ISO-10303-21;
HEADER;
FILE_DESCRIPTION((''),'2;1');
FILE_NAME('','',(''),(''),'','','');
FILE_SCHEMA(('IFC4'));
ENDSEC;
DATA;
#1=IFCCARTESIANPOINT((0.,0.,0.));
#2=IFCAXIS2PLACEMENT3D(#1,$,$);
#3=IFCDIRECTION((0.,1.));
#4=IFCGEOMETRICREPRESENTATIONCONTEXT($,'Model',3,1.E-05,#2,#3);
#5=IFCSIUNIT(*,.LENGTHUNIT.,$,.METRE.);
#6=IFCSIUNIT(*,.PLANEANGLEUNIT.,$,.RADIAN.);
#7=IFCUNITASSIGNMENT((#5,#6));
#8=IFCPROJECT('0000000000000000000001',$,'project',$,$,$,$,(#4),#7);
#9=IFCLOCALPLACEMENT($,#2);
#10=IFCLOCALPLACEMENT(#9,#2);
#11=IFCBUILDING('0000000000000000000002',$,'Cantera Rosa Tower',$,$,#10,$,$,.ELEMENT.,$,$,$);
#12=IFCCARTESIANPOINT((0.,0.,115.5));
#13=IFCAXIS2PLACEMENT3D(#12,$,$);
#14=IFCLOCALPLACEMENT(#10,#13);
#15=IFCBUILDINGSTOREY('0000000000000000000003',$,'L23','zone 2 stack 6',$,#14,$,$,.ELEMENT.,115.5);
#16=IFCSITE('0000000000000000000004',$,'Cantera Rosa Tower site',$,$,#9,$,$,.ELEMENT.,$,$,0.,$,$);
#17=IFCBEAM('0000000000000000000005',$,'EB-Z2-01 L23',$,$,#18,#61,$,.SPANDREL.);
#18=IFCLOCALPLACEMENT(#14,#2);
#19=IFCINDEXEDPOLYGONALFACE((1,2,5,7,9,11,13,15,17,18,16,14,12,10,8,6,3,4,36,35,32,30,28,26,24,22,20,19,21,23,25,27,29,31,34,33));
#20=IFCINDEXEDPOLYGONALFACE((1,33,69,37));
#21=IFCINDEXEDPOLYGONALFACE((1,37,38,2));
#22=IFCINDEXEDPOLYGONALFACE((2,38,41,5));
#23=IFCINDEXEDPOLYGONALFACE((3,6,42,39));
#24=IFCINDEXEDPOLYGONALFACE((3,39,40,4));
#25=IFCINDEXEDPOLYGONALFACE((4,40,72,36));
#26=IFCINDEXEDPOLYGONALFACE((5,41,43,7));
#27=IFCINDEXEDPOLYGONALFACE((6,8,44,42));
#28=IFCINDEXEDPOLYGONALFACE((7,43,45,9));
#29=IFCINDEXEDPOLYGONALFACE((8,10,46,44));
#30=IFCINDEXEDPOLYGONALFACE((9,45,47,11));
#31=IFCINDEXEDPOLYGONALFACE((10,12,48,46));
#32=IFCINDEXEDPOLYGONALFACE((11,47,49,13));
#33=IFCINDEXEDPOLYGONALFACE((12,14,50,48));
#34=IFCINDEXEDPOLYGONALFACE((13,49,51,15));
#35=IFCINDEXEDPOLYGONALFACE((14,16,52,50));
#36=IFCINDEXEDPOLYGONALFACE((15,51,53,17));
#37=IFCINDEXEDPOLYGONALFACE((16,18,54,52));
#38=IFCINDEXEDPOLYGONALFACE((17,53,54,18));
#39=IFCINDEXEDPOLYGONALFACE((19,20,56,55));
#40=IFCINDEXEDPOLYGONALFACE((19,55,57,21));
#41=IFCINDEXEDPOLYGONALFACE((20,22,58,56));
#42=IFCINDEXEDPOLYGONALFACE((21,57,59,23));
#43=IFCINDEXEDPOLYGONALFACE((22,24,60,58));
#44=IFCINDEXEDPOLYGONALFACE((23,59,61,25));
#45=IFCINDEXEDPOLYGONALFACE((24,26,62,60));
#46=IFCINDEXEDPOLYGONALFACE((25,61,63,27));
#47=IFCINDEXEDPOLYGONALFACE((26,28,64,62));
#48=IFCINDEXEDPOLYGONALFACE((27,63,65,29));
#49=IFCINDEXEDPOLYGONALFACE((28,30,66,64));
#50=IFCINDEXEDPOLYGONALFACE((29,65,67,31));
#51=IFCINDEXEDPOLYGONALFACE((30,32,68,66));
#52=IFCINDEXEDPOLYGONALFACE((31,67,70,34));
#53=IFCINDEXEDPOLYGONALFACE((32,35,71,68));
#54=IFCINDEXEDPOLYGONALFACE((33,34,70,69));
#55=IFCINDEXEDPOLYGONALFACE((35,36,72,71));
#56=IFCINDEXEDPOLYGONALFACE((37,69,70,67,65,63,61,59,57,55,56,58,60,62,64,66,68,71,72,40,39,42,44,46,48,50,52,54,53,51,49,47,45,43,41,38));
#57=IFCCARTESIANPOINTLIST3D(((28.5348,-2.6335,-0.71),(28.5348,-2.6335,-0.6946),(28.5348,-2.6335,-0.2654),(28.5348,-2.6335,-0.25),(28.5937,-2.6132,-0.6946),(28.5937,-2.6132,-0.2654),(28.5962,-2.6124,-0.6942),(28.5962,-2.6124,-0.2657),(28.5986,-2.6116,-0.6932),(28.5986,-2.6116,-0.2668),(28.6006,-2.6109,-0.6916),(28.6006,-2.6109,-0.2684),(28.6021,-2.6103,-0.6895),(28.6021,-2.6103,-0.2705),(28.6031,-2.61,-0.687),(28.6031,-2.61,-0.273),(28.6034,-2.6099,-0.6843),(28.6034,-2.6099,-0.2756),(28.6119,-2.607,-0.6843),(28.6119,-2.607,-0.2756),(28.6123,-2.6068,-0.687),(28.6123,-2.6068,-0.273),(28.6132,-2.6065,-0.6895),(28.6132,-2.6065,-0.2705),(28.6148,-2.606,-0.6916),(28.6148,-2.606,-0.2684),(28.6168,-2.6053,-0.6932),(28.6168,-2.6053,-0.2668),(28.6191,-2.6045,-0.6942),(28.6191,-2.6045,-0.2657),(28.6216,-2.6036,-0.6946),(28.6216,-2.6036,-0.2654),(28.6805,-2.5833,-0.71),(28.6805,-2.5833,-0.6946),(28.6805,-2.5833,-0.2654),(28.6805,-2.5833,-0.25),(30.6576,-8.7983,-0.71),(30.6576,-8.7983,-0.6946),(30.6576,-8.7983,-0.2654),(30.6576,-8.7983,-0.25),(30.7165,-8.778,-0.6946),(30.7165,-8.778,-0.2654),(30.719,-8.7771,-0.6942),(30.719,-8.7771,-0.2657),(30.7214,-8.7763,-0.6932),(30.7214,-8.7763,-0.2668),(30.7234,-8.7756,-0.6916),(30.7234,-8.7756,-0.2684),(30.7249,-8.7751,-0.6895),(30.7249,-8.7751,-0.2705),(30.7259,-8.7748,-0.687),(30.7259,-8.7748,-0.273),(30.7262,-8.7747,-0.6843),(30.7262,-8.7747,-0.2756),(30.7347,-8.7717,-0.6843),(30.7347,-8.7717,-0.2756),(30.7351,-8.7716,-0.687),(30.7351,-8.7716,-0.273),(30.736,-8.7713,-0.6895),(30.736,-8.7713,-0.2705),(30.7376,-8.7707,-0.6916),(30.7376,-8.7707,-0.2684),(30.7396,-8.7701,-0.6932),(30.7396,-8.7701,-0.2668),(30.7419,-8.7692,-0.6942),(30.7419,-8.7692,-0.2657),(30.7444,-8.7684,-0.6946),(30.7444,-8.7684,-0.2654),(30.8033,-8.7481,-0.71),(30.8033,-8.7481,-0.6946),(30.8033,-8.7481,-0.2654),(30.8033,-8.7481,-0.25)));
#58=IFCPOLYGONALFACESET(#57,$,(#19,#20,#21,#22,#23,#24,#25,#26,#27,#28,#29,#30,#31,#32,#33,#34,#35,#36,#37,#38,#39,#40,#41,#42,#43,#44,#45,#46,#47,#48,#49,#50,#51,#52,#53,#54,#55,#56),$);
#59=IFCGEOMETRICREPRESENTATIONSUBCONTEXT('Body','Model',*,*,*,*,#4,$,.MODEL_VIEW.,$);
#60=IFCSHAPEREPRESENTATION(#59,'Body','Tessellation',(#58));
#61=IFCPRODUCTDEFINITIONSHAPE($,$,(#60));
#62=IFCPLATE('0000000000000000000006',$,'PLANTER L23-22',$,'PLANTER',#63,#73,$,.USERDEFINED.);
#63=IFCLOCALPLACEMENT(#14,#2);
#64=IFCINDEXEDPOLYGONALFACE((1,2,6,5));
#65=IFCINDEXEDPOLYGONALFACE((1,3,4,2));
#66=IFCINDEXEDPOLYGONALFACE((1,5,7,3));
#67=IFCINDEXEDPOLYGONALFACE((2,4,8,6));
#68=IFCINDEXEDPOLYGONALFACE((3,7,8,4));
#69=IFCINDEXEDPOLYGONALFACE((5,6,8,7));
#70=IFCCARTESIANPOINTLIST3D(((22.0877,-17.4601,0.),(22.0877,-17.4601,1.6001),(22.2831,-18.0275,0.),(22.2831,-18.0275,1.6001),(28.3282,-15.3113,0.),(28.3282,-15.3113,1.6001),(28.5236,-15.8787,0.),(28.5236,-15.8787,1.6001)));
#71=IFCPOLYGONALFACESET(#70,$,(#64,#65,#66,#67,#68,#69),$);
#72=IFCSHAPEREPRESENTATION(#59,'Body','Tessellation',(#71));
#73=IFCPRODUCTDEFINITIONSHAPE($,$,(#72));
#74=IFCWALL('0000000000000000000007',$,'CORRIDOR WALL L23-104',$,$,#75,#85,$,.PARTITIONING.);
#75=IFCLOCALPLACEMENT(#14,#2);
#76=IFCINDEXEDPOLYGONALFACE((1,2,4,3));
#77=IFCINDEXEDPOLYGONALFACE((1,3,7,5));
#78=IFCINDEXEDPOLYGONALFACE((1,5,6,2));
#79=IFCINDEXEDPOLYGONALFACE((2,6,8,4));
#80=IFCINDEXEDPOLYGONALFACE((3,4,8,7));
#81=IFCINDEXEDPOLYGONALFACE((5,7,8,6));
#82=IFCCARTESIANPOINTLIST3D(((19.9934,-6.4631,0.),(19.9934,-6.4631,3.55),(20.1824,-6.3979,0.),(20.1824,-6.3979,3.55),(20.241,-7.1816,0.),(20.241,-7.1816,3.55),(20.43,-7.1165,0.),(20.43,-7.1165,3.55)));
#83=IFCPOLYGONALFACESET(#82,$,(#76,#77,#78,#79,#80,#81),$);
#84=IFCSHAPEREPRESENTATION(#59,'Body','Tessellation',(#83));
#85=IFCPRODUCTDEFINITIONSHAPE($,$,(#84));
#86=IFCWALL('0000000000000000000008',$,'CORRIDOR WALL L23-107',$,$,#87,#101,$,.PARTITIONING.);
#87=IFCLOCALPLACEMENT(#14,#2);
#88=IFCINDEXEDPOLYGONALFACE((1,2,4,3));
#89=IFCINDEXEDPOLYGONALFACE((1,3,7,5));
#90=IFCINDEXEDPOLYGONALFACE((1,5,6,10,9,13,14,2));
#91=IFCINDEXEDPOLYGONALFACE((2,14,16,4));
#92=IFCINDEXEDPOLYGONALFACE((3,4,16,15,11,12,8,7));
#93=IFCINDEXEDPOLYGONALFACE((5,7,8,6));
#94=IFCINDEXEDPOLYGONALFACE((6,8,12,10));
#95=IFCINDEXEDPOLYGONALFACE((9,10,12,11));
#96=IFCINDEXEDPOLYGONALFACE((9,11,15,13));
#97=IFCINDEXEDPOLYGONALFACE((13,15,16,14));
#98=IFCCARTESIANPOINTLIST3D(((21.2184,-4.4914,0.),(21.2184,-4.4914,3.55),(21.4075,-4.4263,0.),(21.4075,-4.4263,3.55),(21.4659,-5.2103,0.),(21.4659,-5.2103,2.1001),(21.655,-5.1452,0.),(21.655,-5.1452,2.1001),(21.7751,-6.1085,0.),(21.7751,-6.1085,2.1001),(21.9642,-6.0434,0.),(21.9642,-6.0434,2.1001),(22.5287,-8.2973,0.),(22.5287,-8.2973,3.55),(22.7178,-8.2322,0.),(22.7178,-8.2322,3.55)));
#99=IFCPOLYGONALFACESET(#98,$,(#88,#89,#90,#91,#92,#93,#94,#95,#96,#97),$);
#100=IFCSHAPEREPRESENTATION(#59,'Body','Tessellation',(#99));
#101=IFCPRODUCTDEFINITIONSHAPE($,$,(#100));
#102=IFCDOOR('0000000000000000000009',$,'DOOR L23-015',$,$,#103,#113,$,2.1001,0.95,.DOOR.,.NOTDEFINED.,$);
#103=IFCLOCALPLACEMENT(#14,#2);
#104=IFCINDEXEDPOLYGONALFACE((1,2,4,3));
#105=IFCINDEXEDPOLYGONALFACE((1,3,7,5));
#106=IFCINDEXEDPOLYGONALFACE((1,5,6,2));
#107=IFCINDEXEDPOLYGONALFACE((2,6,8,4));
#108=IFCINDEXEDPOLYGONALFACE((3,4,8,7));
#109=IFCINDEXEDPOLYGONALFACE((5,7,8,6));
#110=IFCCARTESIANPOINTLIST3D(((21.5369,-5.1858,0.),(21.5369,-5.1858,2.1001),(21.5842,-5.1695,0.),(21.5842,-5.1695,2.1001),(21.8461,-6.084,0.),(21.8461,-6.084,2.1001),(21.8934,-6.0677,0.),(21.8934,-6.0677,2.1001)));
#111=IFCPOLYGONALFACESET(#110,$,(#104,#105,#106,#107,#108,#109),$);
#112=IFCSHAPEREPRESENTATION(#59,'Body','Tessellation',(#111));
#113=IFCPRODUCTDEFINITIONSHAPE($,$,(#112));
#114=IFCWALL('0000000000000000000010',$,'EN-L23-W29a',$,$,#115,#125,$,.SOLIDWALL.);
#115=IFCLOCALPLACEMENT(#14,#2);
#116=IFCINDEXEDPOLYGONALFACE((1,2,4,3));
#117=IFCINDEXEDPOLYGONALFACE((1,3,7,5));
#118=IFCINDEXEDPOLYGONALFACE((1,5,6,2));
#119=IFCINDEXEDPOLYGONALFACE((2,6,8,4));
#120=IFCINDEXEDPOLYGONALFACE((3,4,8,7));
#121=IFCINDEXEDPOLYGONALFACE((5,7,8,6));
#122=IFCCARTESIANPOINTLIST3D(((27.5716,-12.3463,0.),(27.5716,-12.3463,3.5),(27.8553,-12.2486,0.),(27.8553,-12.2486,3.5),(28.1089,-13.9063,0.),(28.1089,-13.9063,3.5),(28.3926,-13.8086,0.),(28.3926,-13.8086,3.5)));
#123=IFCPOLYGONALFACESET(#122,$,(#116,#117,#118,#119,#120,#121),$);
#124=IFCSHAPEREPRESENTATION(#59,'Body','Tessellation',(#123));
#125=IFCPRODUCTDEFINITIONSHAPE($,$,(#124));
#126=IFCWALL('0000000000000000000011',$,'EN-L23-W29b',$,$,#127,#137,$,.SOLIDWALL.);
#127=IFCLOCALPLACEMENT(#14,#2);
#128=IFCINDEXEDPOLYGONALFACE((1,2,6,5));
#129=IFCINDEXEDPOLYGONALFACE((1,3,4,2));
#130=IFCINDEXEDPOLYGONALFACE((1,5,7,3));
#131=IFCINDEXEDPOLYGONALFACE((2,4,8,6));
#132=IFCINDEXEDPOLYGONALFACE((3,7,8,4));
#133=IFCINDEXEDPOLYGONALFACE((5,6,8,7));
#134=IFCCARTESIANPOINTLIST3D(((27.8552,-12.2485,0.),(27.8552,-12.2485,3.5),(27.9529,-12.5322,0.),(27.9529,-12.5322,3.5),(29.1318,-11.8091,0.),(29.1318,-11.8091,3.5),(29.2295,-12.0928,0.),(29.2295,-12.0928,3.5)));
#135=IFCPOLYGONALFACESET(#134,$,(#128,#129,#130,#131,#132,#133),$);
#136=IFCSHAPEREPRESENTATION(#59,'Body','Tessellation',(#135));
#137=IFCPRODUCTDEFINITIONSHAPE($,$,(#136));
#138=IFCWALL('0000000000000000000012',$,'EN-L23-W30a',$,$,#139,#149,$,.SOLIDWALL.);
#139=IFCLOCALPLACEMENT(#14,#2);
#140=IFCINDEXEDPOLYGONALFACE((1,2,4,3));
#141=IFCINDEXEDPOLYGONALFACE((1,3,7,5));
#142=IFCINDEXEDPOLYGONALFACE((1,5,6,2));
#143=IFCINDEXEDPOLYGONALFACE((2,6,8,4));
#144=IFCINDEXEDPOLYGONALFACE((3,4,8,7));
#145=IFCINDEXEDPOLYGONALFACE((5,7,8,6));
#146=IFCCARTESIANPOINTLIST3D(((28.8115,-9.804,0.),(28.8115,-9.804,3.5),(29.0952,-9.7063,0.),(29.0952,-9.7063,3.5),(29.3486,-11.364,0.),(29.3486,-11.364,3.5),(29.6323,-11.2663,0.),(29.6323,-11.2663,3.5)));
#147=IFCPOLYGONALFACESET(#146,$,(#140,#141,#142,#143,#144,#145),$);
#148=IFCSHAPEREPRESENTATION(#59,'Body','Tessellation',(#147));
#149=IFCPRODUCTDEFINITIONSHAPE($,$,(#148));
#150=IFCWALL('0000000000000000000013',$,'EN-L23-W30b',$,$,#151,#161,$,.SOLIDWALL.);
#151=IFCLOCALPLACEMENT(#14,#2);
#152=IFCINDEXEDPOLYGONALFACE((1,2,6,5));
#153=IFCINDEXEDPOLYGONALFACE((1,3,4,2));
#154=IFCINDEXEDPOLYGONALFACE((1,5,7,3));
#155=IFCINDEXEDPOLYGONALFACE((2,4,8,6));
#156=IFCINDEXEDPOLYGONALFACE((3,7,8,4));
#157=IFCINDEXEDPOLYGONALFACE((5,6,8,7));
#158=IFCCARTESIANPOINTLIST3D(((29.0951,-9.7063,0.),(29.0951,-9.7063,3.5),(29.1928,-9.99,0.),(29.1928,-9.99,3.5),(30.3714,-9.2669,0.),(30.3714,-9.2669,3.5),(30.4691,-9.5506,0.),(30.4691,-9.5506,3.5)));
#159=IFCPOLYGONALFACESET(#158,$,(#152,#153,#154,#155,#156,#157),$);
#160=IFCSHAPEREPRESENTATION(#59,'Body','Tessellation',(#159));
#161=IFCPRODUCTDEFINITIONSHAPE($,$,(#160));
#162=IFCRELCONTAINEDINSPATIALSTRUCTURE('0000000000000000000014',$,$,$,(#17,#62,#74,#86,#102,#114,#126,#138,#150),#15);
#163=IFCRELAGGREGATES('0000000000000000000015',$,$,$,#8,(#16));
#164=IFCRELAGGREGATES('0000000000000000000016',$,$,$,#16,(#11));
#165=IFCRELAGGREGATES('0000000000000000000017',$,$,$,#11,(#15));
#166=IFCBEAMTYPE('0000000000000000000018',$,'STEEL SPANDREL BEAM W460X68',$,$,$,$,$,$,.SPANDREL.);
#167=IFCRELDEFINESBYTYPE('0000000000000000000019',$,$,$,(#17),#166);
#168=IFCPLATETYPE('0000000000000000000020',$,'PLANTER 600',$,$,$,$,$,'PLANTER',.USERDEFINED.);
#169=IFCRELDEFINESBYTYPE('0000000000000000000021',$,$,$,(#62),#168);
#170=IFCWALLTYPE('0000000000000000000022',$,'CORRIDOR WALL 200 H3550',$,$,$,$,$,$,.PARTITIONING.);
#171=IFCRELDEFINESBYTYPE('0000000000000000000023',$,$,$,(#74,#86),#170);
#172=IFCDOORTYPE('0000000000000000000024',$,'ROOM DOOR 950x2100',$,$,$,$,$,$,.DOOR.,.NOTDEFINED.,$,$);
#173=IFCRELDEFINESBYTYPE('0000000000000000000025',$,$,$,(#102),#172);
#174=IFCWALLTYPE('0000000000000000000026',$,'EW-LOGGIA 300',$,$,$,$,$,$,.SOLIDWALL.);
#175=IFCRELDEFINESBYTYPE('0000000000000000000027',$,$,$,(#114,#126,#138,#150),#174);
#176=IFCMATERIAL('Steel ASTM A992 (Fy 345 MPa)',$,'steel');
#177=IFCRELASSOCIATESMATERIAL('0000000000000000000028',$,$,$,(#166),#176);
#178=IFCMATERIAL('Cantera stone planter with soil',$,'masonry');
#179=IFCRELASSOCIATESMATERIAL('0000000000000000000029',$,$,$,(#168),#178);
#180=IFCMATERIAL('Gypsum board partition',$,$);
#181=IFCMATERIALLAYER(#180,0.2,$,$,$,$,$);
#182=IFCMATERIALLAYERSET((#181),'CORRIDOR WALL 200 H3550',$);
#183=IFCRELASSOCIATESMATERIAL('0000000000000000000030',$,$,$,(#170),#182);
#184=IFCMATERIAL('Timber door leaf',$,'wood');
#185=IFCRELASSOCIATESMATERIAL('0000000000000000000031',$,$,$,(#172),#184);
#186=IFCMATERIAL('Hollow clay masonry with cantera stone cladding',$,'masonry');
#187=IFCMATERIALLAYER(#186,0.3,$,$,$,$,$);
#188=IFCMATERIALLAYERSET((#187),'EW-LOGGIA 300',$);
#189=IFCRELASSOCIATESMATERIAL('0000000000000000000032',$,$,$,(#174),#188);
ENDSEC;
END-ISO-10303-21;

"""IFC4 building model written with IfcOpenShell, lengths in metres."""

from ifc_helpers import new_model, si_unit, direction, frame, frame_2d, origin, origin_2d, place, context, subcontext, project, spatial, rectangle, i_section, extrude, material, layer, layer_set, material_profile, profile_set, type_object, element, fill, save


model = new_model("IFC4")

# Units and contexts
model_context = context("Model", 3, precision=1e-05, world=origin(), true_north=direction((0.0, 1.0)))
body_context = subcontext(model_context, "Body", "Model", "MODEL_VIEW")
ifc_project = project(units=[si_unit("LENGTHUNIT", "METRE"), si_unit("PLANEANGLEUNIT", "RADIAN")], contexts=[model_context])

# Site, building, storey
site_placement = place(None, origin())
site = spatial("IfcSite", under=ifc_project, at=site_placement, Name="Cantera Rosa Tower site", CompositionType="ELEMENT", RefElevation=0.0)
building_placement = place(site_placement, origin())
building = spatial("IfcBuilding", under=site, at=building_placement, Name="Cantera Rosa Tower", CompositionType="ELEMENT")
storey_placement = place(building_placement, frame((0.0, 0.0, 115.5)))
storey = spatial("IfcBuildingStorey", under=building, at=storey_placement, Name="L23", Description="zone 2 stack 6", CompositionType="ELEMENT", Elevation=115.5)

# Beam
ifc_material_1 = material(Name="Steel ASTM A992 (Fy 345 MPa)", Category="steel")
ifc_material_profile_1 = material_profile(ifc_material_1, i_section(OverallWidth=0.1541, OverallDepth=0.46, WebThickness=0.009, FlangeThickness=0.0154, FilletRadius=0.0103, at=origin_2d()), Name="W460X68")
ifc_profile_set_1 = profile_set([ifc_material_profile_1], Name="Steel ASTM A992 (Fy 345 MPa)")
beam_type_1 = type_object("IfcBeamType", Name="STEEL SPANDREL BEAM W460X68", PredefinedType="SPANDREL", material=ifc_profile_set_1)
beam_1_placement = place(storey_placement, frame((30.7305, -8.7732, -0.48), z_axis=(-0.325581, 0.945514, 0.0), x_axis=(-0.945514, -0.325581, 0.0)))
element("IfcBeam", 1, at=beam_1_placement, inside=storey, type_object=beam_type_1, Name="EB-Z2-01 L23", PredefinedType="SPANDREL", context=body_context, shape_type="SweptSolid", body=[
    extrude(i_section(OverallWidth=0.1541, OverallDepth=0.46, WebThickness=0.009, FlangeThickness=0.0154, FilletRadius=0.0103, at=origin_2d()), origin(), (0.0, 0.0, 1.0), 6.52),
])

# Plate
ifc_material_2 = material(Name="Cantera stone planter with soil", Category="masonry")
plate_type = type_object("IfcPlateType", Name="PLANTER 600", ElementType="PLANTER", PredefinedType="USERDEFINED", material=ifc_material_2)
plate_placement = place(storey_placement, frame((25.3057, -16.6694, 0.0), z_axis=(0.0, 0.0, 1.0), x_axis=(0.945519, 0.325568, 0.0)))
element("IfcPlate", 2, at=plate_placement, inside=storey, type_object=plate_type, Name="PLANTER L23-22", ObjectType="PLANTER", PredefinedType="USERDEFINED", context=body_context, shape_type="SweptSolid", body=[
    extrude(rectangle(XDim=6.6001, YDim=0.6001, at=origin_2d()), origin(), (0.0, 0.0, 1.0), 1.6001),
])

# Wall
ifc_material_3 = material(Name="Gypsum board partition")
ifc_layer_1 = layer(ifc_material_3, 0.2)
ifc_layer_set_1 = layer_set([ifc_layer_1], Name="CORRIDOR WALL 200 H3550")
wall_type_1 = type_object("IfcWallType", Name="CORRIDOR WALL 200 H3550", PredefinedType="PARTITIONING", material=ifc_layer_set_1)
wall_1_placement = place(storey_placement, frame((20.3354, -7.1489, 0.0), z_axis=(0.0, 0.0, 1.0), x_axis=(-0.325753, 0.945455, 0.0)))
element("IfcWall", 3, at=wall_1_placement, inside=storey, type_object=wall_type_1, Name="CORRIDOR WALL L23-104", PredefinedType="PARTITIONING", context=body_context, shape_type="SweptSolid", body=[
    extrude(rectangle(XDim=0.76, YDim=0.2, at=frame_2d((0.3799, 0.0))), origin(), (0.0, 0.0, 1.0), 3.55),
])

# Wall, opening, door
wall_2_placement = place(storey_placement, frame((22.6233, -8.2649, 0.0), z_axis=(0.0, 0.0, 1.0), x_axis=(-0.325529, 0.945532, 0.0)))
wall_2 = element("IfcWall", 4, at=wall_2_placement, inside=storey, type_object=wall_type_1, Name="CORRIDOR WALL L23-107", PredefinedType="PARTITIONING", context=body_context, shape_type="SweptSolid", body=[
    extrude(rectangle(XDim=4.0251, YDim=0.2, at=frame_2d((2.0127, 0.0))), origin(), (0.0, 0.0, 1.0), 3.55),
])
opening_1_placement = place(wall_2_placement, frame((2.3149, 0.0, 0.0)))
opening_1 = element("IfcOpeningElement", 5, at=opening_1_placement, cuts=wall_2, PredefinedType="OPENING", context=body_context, shape_type="SweptSolid", body=[
    extrude(rectangle(XDim=0.95, YDim=2.1001, at=frame_2d((0.4751, 1.05))), frame((0.0, 0.1099, 0.0), z_axis=(0.0, -1.0, 0.0), x_axis=(1.0, 0.0, 0.0)), (0.0, 0.0, 1.0), 0.22),
])
ifc_material_4 = material(Name="Timber door leaf", Category="wood")
door_type_1 = type_object("IfcDoorType", Name="ROOM DOOR 950x2100", OperationType="NOTDEFINED", PredefinedType="DOOR", material=ifc_material_4)
door_1_placement = place(opening_1_placement, origin())
door_1 = element("IfcDoor", 6, at=door_1_placement, inside=storey, type_object=door_type_1, Name="DOOR L23-015", OperationType="NOTDEFINED", OverallHeight=2.1001, OverallWidth=0.95, PredefinedType="DOOR", context=body_context, shape_type="SweptSolid", body=[
    extrude(rectangle(XDim=0.95, YDim=2.1001, at=frame_2d((0.4751, 1.05))), frame((0.0, 0.0249, 0.0), z_axis=(0.0, -1.0, 0.0), x_axis=(1.0, 0.0, 0.0)), (0.0, 0.0, 1.0), 0.05),
])
fill(opening_1, door_1)

# Walls
ifc_material_5 = material(Name="Hollow clay masonry with cantera stone cladding", Category="masonry")
ifc_layer_2 = layer(ifc_material_5, 0.3)
ifc_layer_set_2 = layer_set([ifc_layer_2], Name="EW-LOGGIA 300")
wall_type_2 = type_object("IfcWallType", Name="EW-LOGGIA 300", PredefinedType="SOLIDWALL", material=ifc_layer_set_2)
wall_3_placement = place(storey_placement, frame((28.2507, -13.8574, 0.0), z_axis=(0.0, 0.0, 1.0), x_axis=(-0.325667, 0.945485, 0.0)))
element("IfcWall", 7, at=wall_3_placement, inside=storey, type_object=wall_type_2, Name="EN-L23-W29a", PredefinedType="SOLIDWALL", context=body_context, shape_type="SweptSolid", body=[
    extrude(rectangle(XDim=1.6499, YDim=0.3, at=frame_2d((0.825, 0.0))), origin(), (0.0, 0.0, 1.0), 3.5),
])
wall_4_placement = place(storey_placement, frame((27.9041, -12.3904, 0.0), z_axis=(0.0, 0.0, 1.0), x_axis=(0.945546, 0.325489, 0.0)))
element("IfcWall", 8, at=wall_4_placement, inside=storey, type_object=wall_type_2, Name="EN-L23-W29b", PredefinedType="SOLIDWALL", context=body_context, shape_type="SweptSolid", body=[
    extrude(rectangle(XDim=1.3501, YDim=0.3, at=frame_2d((0.675, 0.0))), origin(), (0.0, 0.0, 1.0), 3.5),
])
wall_5_placement = place(storey_placement, frame((29.4905, -11.3152, 0.0), z_axis=(0.0, 0.0, 1.0), x_axis=(-0.325535, 0.94553, 0.0)))
element("IfcWall", 9, at=wall_5_placement, inside=storey, type_object=wall_type_2, Name="EN-L23-W30a", PredefinedType="SOLIDWALL", context=body_context, shape_type="SweptSolid", body=[
    extrude(rectangle(XDim=1.6499, YDim=0.3, at=frame_2d((0.825, 0.0))), origin(), (0.0, 0.0, 1.0), 3.5),
])
wall_6_placement = place(storey_placement, frame((29.144, -9.8481, 0.0), z_axis=(0.0, 0.0, 1.0), x_axis=(0.945527, 0.325545, 0.0)))
element("IfcWall", 10, at=wall_6_placement, inside=storey, type_object=wall_type_2, Name="EN-L23-W30b", PredefinedType="SOLIDWALL", context=body_context, shape_type="SweptSolid", body=[
    extrude(rectangle(XDim=1.3499, YDim=0.3, at=frame_2d((0.6748, 0.0))), origin(), (0.0, 0.0, 1.0), 3.5),
])

save(model, "model.ifc")
